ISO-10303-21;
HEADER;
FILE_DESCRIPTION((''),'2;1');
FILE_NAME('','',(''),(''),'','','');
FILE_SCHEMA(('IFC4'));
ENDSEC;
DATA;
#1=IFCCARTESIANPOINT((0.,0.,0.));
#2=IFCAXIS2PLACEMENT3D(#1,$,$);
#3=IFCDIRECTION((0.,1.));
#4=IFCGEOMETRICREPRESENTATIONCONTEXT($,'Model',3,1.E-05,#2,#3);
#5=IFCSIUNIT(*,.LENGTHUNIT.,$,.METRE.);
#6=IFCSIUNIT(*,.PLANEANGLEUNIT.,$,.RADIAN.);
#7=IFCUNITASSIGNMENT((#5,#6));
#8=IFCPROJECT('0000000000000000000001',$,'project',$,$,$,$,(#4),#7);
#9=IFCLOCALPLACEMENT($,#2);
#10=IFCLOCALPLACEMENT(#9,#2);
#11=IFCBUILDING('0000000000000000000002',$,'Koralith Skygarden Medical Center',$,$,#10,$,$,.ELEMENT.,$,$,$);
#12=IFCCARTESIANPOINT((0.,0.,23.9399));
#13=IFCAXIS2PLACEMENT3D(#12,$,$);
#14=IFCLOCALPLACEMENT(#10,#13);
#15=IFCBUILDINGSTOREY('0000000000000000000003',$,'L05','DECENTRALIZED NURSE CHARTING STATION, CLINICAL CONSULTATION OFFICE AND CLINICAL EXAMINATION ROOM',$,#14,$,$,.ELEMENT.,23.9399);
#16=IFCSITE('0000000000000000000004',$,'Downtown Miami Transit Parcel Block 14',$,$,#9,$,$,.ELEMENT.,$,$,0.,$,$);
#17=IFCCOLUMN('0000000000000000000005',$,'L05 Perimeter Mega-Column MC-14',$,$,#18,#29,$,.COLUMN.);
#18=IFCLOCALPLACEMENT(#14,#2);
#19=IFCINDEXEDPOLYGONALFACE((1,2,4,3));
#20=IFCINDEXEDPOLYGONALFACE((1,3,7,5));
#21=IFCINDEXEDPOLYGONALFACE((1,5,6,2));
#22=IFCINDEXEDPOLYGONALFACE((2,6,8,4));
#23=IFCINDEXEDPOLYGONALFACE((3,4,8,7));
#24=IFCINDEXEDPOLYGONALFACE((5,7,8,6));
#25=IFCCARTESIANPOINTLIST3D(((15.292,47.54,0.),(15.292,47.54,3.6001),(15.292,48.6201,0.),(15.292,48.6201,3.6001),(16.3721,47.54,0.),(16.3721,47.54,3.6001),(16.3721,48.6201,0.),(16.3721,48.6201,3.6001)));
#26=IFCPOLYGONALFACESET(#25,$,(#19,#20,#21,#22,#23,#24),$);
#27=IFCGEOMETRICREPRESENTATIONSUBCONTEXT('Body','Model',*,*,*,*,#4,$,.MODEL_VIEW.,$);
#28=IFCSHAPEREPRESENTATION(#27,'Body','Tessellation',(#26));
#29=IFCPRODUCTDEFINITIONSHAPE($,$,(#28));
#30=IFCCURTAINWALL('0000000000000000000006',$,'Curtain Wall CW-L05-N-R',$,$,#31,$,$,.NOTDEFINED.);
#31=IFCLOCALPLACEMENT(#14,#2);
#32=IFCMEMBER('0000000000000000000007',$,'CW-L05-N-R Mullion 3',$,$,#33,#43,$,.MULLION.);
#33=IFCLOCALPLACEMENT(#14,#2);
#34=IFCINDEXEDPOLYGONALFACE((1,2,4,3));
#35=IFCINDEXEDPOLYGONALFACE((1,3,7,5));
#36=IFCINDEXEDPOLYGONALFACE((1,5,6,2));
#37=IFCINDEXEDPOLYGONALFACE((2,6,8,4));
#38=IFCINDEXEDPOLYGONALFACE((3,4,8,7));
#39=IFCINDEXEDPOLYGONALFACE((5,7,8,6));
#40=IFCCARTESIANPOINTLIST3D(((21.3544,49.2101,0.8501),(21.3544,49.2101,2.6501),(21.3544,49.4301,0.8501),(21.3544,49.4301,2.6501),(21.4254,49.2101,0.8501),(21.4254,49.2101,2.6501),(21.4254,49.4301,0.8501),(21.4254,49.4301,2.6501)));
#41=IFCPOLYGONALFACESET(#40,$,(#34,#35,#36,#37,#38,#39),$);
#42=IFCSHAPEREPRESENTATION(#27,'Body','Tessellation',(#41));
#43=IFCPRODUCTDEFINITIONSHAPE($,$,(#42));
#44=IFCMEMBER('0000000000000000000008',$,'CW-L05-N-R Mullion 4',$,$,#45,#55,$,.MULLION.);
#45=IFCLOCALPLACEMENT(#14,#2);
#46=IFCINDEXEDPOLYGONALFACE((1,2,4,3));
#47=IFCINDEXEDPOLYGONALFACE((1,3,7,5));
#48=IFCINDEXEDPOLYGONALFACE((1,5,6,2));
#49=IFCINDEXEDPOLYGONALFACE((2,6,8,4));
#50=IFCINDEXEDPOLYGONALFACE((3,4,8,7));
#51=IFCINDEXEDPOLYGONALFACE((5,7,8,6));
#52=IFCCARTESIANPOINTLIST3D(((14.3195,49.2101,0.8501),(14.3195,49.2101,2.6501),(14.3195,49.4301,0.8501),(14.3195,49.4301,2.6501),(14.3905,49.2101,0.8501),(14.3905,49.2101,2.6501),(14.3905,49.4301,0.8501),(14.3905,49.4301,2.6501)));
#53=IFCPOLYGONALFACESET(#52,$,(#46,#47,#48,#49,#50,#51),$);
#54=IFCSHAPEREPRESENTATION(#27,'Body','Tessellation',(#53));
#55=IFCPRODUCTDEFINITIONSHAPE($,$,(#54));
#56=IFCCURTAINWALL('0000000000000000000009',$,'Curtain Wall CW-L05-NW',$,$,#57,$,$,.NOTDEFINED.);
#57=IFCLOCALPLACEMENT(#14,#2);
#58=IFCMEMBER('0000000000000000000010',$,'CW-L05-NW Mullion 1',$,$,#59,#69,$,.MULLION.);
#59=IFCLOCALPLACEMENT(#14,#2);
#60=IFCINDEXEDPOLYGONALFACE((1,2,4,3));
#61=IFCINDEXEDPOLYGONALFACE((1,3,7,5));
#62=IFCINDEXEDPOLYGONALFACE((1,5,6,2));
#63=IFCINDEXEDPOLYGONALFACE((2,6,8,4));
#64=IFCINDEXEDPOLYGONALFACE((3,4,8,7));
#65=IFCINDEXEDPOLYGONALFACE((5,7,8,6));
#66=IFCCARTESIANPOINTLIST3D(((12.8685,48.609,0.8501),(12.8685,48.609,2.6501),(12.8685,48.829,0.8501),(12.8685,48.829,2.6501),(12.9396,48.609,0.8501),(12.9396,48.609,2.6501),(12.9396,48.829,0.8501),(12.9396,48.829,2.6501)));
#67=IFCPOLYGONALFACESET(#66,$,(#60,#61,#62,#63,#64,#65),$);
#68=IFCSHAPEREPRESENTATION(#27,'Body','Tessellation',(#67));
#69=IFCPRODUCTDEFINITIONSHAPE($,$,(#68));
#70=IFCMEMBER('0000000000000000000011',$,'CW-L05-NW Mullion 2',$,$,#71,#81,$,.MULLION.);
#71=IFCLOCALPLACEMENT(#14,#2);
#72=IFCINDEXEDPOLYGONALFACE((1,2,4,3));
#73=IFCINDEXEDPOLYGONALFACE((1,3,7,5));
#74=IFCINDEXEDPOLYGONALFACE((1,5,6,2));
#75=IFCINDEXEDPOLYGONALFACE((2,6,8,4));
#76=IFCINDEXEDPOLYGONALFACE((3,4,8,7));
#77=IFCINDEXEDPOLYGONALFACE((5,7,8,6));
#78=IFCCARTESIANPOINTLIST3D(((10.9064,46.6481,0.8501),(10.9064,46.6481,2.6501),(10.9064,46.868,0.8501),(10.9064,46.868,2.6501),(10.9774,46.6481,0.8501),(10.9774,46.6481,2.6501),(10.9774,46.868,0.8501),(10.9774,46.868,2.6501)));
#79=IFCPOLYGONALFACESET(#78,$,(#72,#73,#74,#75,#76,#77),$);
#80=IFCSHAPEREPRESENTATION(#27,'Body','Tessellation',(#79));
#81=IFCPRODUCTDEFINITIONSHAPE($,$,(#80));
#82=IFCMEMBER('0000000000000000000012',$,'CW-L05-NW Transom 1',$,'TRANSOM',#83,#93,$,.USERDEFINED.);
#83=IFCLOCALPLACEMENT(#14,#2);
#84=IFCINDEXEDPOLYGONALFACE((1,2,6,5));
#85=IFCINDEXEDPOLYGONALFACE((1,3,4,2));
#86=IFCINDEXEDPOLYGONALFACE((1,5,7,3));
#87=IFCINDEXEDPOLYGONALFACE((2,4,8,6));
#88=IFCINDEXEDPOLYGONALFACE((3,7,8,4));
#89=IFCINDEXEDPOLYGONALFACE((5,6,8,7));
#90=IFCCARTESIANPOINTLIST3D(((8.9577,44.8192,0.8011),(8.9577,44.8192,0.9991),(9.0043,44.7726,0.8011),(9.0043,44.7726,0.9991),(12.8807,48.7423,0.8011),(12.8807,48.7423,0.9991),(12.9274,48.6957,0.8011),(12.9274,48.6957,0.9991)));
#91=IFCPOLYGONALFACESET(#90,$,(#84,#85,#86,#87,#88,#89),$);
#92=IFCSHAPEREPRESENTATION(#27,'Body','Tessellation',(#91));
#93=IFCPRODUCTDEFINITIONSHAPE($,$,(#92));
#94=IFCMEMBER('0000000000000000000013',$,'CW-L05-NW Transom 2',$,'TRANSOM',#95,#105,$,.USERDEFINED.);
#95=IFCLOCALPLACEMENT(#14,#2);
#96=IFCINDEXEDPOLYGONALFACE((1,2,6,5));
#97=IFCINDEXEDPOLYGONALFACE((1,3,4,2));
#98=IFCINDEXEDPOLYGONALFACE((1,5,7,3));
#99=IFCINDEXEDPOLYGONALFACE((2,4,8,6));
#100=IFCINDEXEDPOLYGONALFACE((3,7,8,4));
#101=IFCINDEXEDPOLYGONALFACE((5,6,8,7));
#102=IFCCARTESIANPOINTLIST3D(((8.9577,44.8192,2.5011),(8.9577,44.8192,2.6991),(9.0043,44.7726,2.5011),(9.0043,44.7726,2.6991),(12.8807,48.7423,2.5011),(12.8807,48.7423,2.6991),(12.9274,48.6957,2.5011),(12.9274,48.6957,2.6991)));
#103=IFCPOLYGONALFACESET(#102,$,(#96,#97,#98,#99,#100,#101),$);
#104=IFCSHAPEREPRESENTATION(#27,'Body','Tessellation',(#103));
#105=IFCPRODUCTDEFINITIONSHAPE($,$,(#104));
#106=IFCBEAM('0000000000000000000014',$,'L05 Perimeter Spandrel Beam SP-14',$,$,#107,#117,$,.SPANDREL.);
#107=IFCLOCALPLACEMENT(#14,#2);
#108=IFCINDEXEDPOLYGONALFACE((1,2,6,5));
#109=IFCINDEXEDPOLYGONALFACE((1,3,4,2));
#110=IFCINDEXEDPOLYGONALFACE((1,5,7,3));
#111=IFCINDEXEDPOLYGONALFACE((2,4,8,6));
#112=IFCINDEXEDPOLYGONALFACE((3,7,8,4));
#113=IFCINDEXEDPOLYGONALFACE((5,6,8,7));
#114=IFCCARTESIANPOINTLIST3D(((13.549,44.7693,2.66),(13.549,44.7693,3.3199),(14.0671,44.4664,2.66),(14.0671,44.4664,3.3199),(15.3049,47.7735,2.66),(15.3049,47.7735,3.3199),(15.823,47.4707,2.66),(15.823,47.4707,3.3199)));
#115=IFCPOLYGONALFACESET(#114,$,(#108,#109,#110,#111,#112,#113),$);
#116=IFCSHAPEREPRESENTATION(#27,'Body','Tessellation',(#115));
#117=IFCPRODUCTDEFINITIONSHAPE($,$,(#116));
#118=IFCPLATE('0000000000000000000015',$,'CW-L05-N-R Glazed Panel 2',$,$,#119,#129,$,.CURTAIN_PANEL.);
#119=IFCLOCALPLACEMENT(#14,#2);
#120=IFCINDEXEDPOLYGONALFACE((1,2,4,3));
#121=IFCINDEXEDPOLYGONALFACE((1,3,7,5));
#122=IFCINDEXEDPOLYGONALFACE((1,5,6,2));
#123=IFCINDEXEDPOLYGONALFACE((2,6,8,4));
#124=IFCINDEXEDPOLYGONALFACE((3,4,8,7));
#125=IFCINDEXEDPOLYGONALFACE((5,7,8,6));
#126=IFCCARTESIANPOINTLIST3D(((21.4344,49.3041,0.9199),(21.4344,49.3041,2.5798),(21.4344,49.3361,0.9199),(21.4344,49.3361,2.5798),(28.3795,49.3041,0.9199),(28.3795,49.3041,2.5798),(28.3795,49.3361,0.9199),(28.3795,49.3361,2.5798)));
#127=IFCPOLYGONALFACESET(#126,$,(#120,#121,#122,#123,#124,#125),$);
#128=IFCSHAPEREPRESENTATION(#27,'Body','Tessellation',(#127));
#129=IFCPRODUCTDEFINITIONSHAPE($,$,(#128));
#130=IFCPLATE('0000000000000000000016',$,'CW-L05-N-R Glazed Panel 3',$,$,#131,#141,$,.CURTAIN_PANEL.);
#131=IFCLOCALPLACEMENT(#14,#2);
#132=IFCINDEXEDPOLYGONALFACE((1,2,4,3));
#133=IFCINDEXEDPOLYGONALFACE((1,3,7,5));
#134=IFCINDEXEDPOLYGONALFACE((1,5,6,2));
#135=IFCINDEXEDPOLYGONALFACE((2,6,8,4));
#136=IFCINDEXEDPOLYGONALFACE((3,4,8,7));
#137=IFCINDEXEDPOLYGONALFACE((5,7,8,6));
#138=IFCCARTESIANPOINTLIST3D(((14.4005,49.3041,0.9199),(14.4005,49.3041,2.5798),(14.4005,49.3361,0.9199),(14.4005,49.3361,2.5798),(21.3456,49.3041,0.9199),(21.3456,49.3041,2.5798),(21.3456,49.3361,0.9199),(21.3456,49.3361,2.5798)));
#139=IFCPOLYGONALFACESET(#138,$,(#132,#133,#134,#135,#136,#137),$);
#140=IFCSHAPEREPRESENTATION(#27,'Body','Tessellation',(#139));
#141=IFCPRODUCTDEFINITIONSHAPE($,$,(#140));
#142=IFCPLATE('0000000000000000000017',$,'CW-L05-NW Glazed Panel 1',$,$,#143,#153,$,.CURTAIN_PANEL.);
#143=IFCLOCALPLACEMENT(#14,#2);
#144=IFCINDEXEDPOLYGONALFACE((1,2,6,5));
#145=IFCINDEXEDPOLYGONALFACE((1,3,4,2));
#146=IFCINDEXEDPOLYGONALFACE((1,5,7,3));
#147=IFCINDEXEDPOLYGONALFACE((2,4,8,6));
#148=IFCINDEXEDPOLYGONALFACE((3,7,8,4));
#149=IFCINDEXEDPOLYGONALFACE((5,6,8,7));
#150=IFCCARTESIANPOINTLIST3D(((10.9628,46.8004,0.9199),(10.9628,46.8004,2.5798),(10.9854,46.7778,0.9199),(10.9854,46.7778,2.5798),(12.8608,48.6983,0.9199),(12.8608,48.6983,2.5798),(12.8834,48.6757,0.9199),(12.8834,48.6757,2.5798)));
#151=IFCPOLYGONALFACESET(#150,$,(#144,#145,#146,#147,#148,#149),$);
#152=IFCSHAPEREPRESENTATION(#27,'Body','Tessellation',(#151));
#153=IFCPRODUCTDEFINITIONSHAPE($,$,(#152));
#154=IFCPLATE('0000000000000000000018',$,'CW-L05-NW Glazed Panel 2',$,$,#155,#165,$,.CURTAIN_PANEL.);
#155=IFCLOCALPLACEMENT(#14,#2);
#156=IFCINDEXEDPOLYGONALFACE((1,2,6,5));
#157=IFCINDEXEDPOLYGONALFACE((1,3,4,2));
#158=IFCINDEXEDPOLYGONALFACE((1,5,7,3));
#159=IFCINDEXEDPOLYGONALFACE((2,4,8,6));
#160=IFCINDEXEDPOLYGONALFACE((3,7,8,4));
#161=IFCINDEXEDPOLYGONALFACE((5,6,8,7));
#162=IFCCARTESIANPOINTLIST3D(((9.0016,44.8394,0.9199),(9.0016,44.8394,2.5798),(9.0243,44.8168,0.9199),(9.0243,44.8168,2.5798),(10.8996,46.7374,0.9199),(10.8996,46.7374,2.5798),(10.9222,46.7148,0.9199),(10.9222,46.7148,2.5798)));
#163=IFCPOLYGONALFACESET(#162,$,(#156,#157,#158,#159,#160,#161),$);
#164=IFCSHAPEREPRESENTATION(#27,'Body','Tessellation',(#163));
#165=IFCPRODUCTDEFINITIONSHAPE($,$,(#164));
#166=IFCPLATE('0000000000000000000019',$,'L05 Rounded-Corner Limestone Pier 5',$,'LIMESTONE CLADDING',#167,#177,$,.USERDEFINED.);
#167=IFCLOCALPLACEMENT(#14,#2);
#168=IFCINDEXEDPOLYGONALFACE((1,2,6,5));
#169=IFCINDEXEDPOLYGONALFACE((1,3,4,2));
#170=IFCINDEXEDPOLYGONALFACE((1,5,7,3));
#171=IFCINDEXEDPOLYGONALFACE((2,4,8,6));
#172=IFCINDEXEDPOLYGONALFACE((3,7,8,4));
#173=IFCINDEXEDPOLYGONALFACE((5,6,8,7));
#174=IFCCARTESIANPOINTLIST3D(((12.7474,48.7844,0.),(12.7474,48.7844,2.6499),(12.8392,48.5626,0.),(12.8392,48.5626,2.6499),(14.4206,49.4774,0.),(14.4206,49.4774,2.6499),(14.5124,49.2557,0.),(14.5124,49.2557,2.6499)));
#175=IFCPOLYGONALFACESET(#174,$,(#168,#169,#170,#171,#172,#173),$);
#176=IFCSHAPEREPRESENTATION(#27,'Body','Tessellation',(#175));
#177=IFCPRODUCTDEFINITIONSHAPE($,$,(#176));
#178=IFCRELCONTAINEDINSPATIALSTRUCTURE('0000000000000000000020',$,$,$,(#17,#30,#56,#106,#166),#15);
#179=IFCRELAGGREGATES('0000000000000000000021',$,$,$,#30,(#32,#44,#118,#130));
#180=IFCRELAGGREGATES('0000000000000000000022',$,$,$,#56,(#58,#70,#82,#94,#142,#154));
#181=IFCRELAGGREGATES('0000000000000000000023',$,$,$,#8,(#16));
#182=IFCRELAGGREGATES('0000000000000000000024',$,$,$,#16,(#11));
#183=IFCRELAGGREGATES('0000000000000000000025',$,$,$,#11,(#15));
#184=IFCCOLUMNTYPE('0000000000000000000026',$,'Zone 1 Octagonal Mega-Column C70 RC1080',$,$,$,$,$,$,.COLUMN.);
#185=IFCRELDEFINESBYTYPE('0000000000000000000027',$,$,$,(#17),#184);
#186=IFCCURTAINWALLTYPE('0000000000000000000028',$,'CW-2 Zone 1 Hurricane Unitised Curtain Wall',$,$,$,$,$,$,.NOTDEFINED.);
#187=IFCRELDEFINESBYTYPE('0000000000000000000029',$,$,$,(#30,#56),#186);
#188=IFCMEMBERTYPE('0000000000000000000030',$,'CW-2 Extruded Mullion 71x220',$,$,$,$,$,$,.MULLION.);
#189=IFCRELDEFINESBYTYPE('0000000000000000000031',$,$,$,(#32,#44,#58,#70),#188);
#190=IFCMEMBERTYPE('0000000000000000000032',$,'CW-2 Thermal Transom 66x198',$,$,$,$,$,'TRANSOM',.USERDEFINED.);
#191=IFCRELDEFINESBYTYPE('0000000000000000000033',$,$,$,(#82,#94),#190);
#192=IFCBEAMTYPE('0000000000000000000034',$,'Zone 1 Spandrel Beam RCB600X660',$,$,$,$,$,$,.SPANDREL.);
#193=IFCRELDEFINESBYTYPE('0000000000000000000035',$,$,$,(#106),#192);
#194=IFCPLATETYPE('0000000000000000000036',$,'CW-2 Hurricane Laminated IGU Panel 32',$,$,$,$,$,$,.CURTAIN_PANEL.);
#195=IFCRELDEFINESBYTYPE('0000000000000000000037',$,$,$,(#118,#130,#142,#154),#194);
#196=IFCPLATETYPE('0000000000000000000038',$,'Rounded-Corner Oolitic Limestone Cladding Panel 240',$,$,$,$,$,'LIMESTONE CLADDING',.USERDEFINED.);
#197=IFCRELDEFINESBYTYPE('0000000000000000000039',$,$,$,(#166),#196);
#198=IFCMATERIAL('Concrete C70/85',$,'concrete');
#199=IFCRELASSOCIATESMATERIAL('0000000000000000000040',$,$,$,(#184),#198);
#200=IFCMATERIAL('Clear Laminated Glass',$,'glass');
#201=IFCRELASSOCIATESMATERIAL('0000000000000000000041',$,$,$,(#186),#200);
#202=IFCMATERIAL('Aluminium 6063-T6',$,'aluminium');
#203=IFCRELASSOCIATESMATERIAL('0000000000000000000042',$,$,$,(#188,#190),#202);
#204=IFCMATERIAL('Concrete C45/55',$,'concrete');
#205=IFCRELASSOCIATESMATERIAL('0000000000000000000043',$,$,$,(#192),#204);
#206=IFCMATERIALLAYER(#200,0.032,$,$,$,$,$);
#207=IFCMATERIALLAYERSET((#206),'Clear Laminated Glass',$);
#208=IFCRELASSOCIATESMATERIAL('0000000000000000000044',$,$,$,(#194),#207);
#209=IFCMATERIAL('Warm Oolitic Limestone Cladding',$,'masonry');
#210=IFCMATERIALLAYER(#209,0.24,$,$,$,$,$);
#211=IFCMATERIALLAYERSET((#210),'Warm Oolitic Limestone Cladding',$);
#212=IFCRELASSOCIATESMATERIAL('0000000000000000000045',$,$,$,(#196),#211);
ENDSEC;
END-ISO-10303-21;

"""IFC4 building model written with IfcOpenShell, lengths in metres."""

from ifc_helpers import new_model, si_unit, direction, frame, origin, origin_2d, place, context, subcontext, project, spatial, rectangle, extrude, material, layer, layer_set, material_profile, profile_set, type_object, element, aggregate, save


model = new_model("IFC4")

# Units and contexts
model_context = context("Model", 3, precision=1e-05, world=origin(), true_north=direction((0.0, 1.0)))
body_context = subcontext(model_context, "Body", "Model", "MODEL_VIEW")
ifc_project = project(units=[si_unit("LENGTHUNIT", "METRE"), si_unit("PLANEANGLEUNIT", "RADIAN")], contexts=[model_context])

# Site, building, storey
site_placement = place(None, origin())
site = spatial("IfcSite", under=ifc_project, at=site_placement, Name="Downtown Miami Transit Parcel Block 14", CompositionType="ELEMENT", RefElevation=0.0)
building_placement = place(site_placement, origin())
building = spatial("IfcBuilding", under=site, at=building_placement, Name="Koralith Skygarden Medical Center", CompositionType="ELEMENT")
storey_placement = place(building_placement, frame((0.0, 0.0, 23.9399)))
storey = spatial("IfcBuildingStorey", under=building, at=storey_placement, Name="L05", Description="DECENTRALIZED NURSE CHARTING STATION, CLINICAL CONSULTATION OFFICE AND CLINICAL EXAMINATION ROOM", CompositionType="ELEMENT", Elevation=23.9399)

# Column
ifc_material_1 = material(Name="Concrete C70/85", Category="concrete")
ifc_material_profile_1 = material_profile(ifc_material_1, rectangle(XDim=1.0801, YDim=1.0801, at=origin_2d()), Name="RC1080X1080")
ifc_profile_set_1 = profile_set([ifc_material_profile_1], Name="Concrete C70/85")
column_type = type_object("IfcColumnType", Name="Zone 1 Octagonal Mega-Column C70 RC1080", PredefinedType="COLUMN", material=ifc_profile_set_1)
column_placement = place(storey_placement, frame((15.832, 48.0801, 0.0), z_axis=(0.0, 0.0, 1.0), x_axis=(1.0, 0.0, 0.0)))
element("IfcColumn", 1, at=column_placement, inside=storey, type_object=column_type, Name="L05 Perimeter Mega-Column MC-14", PredefinedType="COLUMN", context=body_context, shape_type="SweptSolid", body=[
    extrude(rectangle(XDim=1.0801, YDim=1.0801, at=origin_2d()), origin(), (0.0, 0.0, 1.0), 3.6001),
])

# Curtain walls, members
ifc_material_2 = material(Name="Clear Laminated Glass", Category="glass")
curtain_wall_type = type_object("IfcCurtainWallType", Name="CW-2 Zone 1 Hurricane Unitised Curtain Wall", PredefinedType="NOTDEFINED", material=ifc_material_2)
curtain_wall_1_placement = place(storey_placement, origin())
curtain_wall_1 = element("IfcCurtainWall", 2, at=curtain_wall_1_placement, inside=storey, type_object=curtain_wall_type, Name="Curtain Wall CW-L05-N-R", PredefinedType="NOTDEFINED")
ifc_material_3 = material(Name="Aluminium 6063-T6", Category="aluminium")
ifc_material_profile_2 = material_profile(ifc_material_3, rectangle(XDim=0.071, YDim=0.22, at=origin_2d()), Name="MUL71X220")
ifc_profile_set_2 = profile_set([ifc_material_profile_2], Name="Aluminium 6063-T6")
member_type_1 = type_object("IfcMemberType", Name="CW-2 Extruded Mullion 71x220", PredefinedType="MULLION", material=ifc_profile_set_2)
member_1_placement = place(storey_placement, frame((21.3899, 49.3201, 0.8501), z_axis=(0.0, 0.0, 1.0), x_axis=(1.0, 0.0, 0.0)))
member_1 = element("IfcMember", 3, at=member_1_placement, type_object=member_type_1, Name="CW-L05-N-R Mullion 3", PredefinedType="MULLION", context=body_context, shape_type="SweptSolid", body=[
    extrude(rectangle(XDim=0.071, YDim=0.22, at=origin_2d()), origin(), (0.0, 0.0, 1.0), 1.8),
])
member_2_placement = place(storey_placement, frame((14.355, 49.3201, 0.8501), z_axis=(0.0, 0.0, 1.0), x_axis=(1.0, 0.0, 0.0)))
member_2 = element("IfcMember", 4, at=member_2_placement, type_object=member_type_1, Name="CW-L05-N-R Mullion 4", PredefinedType="MULLION", context=body_context, shape_type="SweptSolid", body=[
    extrude(rectangle(XDim=0.071, YDim=0.22, at=origin_2d()), origin(), (0.0, 0.0, 1.0), 1.8),
])
curtain_wall_2_placement = place(storey_placement, origin())
curtain_wall_2 = element("IfcCurtainWall", 5, at=curtain_wall_2_placement, inside=storey, type_object=curtain_wall_type, Name="Curtain Wall CW-L05-NW", PredefinedType="NOTDEFINED")
member_3_placement = place(storey_placement, frame((12.9041, 48.719, 0.8501), z_axis=(0.0, 0.0, 1.0), x_axis=(1.0, 0.0, 0.0)))
member_3 = element("IfcMember", 6, at=member_3_placement, type_object=member_type_1, Name="CW-L05-NW Mullion 1", PredefinedType="MULLION", context=body_context, shape_type="SweptSolid", body=[
    extrude(rectangle(XDim=0.071, YDim=0.22, at=origin_2d()), origin(), (0.0, 0.0, 1.0), 1.8),
])
member_4_placement = place(storey_placement, frame((10.9419, 46.7581, 0.8501), z_axis=(0.0, 0.0, 1.0), x_axis=(1.0, 0.0, 0.0)))
member_4 = element("IfcMember", 7, at=member_4_placement, type_object=member_type_1, Name="CW-L05-NW Mullion 2", PredefinedType="MULLION", context=body_context, shape_type="SweptSolid", body=[
    extrude(rectangle(XDim=0.071, YDim=0.22, at=origin_2d()), origin(), (0.0, 0.0, 1.0), 1.8),
])
ifc_material_profile_3 = material_profile(ifc_material_3, rectangle(XDim=0.0659, YDim=0.198, at=origin_2d()), Name="TRN66X198")
ifc_profile_set_3 = profile_set([ifc_material_profile_3], Name="Aluminium 6063-T6")
member_type_2 = type_object("IfcMemberType", Name="CW-2 Thermal Transom 66x198", ElementType="TRANSOM", PredefinedType="USERDEFINED", material=ifc_profile_set_3)
member_5_placement = place(storey_placement, frame((12.9041, 48.719, 0.9001), z_axis=(-0.707107, -0.707107, 0.0), x_axis=(0.707107, -0.707107, 0.0)))
member_5 = element("IfcMember", 8, at=member_5_placement, type_object=member_type_2, Name="CW-L05-NW Transom 1", ObjectType="TRANSOM", PredefinedType="USERDEFINED", context=body_context, shape_type="SweptSolid", body=[
    extrude(rectangle(XDim=0.0659, YDim=0.198, at=origin_2d()), origin(), (0.0, 0.0, 1.0), 5.5481),
])
member_6_placement = place(storey_placement, frame((12.9041, 48.719, 2.6001), z_axis=(-0.707107, -0.707107, 0.0), x_axis=(0.707107, -0.707107, 0.0)))
member_6 = element("IfcMember", 9, at=member_6_placement, type_object=member_type_2, Name="CW-L05-NW Transom 2", ObjectType="TRANSOM", PredefinedType="USERDEFINED", context=body_context, shape_type="SweptSolid", body=[
    extrude(rectangle(XDim=0.0659, YDim=0.198, at=origin_2d()), origin(), (0.0, 0.0, 1.0), 5.5481),
])

# Beam
ifc_material_4 = material(Name="Concrete C45/55", Category="concrete")
ifc_material_profile_4 = material_profile(ifc_material_4, rectangle(XDim=0.6001, YDim=0.6599, at=origin_2d()), Name="RCB600X660")
ifc_profile_set_4 = profile_set([ifc_material_profile_4], Name="Concrete C45/55")
beam_type = type_object("IfcBeamType", Name="Zone 1 Spandrel Beam RCB600X660", PredefinedType="SPANDREL", material=ifc_profile_set_4)
beam_placement = place(storey_placement, frame((15.564, 47.6221, 2.99), z_axis=(-0.504608, -0.863349, 0.0), x_axis=(0.863349, -0.504608, 0.0)))
element("IfcBeam", 10, at=beam_placement, inside=storey, type_object=beam_type, Name="L05 Perimeter Spandrel Beam SP-14", PredefinedType="SPANDREL", context=body_context, shape_type="SweptSolid", body=[
    extrude(rectangle(XDim=0.6001, YDim=0.6599, at=origin_2d()), origin(), (0.0, 0.0, 1.0), 3.4797),
])

# Plates
ifc_layer_1 = layer(ifc_material_2, 0.032)
ifc_layer_set_1 = layer_set([ifc_layer_1], Name="Clear Laminated Glass")
plate_type_1 = type_object("IfcPlateType", Name="CW-2 Hurricane Laminated IGU Panel 32", PredefinedType="CURTAIN_PANEL", material=ifc_layer_set_1)
plate_1_placement = place(storey_placement, frame((24.907, 49.3201, 0.9199), z_axis=(0.0, 0.0, 1.0), x_axis=(-1.0, 0.0, 0.0)))
plate_1 = element("IfcPlate", 11, at=plate_1_placement, type_object=plate_type_1, Name="CW-L05-N-R Glazed Panel 2", PredefinedType="CURTAIN_PANEL", context=body_context, shape_type="SweptSolid", body=[
    extrude(rectangle(XDim=6.9451, YDim=0.032, at=origin_2d()), origin(), (0.0, 0.0, 1.0), 1.6599),
])
plate_2_placement = place(storey_placement, frame((17.873, 49.3201, 0.9199), z_axis=(0.0, 0.0, 1.0), x_axis=(-1.0, 0.0, 0.0)))
plate_2 = element("IfcPlate", 12, at=plate_2_placement, type_object=plate_type_1, Name="CW-L05-N-R Glazed Panel 3", PredefinedType="CURTAIN_PANEL", context=body_context, shape_type="SweptSolid", body=[
    extrude(rectangle(XDim=6.9451, YDim=0.032, at=origin_2d()), origin(), (0.0, 0.0, 1.0), 1.6599),
])
aggregate(curtain_wall_1, [member_1, member_2, plate_1, plate_2])
plate_3_placement = place(storey_placement, frame((11.9231, 47.738, 0.9199), z_axis=(0.0, 0.0, 1.0), x_axis=(-0.707107, -0.707107, 0.0)))
plate_3 = element("IfcPlate", 13, at=plate_3_placement, type_object=plate_type_1, Name="CW-L05-NW Glazed Panel 1", PredefinedType="CURTAIN_PANEL", context=body_context, shape_type="SweptSolid", body=[
    extrude(rectangle(XDim=2.6841, YDim=0.032, at=origin_2d()), origin(), (0.0, 0.0, 1.0), 1.6599),
])
plate_4_placement = place(storey_placement, frame((9.9619, 45.7771, 0.9199), z_axis=(0.0, 0.0, 1.0), x_axis=(-0.707107, -0.707107, 0.0)))
plate_4 = element("IfcPlate", 14, at=plate_4_placement, type_object=plate_type_1, Name="CW-L05-NW Glazed Panel 2", PredefinedType="CURTAIN_PANEL", context=body_context, shape_type="SweptSolid", body=[
    extrude(rectangle(XDim=2.6841, YDim=0.032, at=origin_2d()), origin(), (0.0, 0.0, 1.0), 1.6599),
])
aggregate(curtain_wall_2, [member_3, member_4, member_5, member_6, plate_3, plate_4])
ifc_material_5 = material(Name="Warm Oolitic Limestone Cladding", Category="masonry")
ifc_layer_2 = layer(ifc_material_5, 0.24)
ifc_layer_set_2 = layer_set([ifc_layer_2], Name="Warm Oolitic Limestone Cladding")
plate_type_2 = type_object("IfcPlateType", Name="Rounded-Corner Oolitic Limestone Cladding Panel 240", ElementType="LIMESTONE CLADDING", PredefinedType="USERDEFINED", material=ifc_layer_set_2)
plate_5_placement = place(storey_placement, frame((13.6299, 49.02, 0.0), z_axis=(0.0, 0.0, 1.0), x_axis=(-0.923885, -0.382671, 0.0)))
element("IfcPlate", 15, at=plate_5_placement, inside=storey, type_object=plate_type_2, Name="L05 Rounded-Corner Limestone Pier 5", ObjectType="LIMESTONE CLADDING", PredefinedType="USERDEFINED", context=body_context, shape_type="SweptSolid", body=[
    extrude(rectangle(XDim=1.811, YDim=0.24, at=origin_2d()), origin(), (0.0, 0.0, 1.0), 2.6499),
])

save(model, "model.ifc")
